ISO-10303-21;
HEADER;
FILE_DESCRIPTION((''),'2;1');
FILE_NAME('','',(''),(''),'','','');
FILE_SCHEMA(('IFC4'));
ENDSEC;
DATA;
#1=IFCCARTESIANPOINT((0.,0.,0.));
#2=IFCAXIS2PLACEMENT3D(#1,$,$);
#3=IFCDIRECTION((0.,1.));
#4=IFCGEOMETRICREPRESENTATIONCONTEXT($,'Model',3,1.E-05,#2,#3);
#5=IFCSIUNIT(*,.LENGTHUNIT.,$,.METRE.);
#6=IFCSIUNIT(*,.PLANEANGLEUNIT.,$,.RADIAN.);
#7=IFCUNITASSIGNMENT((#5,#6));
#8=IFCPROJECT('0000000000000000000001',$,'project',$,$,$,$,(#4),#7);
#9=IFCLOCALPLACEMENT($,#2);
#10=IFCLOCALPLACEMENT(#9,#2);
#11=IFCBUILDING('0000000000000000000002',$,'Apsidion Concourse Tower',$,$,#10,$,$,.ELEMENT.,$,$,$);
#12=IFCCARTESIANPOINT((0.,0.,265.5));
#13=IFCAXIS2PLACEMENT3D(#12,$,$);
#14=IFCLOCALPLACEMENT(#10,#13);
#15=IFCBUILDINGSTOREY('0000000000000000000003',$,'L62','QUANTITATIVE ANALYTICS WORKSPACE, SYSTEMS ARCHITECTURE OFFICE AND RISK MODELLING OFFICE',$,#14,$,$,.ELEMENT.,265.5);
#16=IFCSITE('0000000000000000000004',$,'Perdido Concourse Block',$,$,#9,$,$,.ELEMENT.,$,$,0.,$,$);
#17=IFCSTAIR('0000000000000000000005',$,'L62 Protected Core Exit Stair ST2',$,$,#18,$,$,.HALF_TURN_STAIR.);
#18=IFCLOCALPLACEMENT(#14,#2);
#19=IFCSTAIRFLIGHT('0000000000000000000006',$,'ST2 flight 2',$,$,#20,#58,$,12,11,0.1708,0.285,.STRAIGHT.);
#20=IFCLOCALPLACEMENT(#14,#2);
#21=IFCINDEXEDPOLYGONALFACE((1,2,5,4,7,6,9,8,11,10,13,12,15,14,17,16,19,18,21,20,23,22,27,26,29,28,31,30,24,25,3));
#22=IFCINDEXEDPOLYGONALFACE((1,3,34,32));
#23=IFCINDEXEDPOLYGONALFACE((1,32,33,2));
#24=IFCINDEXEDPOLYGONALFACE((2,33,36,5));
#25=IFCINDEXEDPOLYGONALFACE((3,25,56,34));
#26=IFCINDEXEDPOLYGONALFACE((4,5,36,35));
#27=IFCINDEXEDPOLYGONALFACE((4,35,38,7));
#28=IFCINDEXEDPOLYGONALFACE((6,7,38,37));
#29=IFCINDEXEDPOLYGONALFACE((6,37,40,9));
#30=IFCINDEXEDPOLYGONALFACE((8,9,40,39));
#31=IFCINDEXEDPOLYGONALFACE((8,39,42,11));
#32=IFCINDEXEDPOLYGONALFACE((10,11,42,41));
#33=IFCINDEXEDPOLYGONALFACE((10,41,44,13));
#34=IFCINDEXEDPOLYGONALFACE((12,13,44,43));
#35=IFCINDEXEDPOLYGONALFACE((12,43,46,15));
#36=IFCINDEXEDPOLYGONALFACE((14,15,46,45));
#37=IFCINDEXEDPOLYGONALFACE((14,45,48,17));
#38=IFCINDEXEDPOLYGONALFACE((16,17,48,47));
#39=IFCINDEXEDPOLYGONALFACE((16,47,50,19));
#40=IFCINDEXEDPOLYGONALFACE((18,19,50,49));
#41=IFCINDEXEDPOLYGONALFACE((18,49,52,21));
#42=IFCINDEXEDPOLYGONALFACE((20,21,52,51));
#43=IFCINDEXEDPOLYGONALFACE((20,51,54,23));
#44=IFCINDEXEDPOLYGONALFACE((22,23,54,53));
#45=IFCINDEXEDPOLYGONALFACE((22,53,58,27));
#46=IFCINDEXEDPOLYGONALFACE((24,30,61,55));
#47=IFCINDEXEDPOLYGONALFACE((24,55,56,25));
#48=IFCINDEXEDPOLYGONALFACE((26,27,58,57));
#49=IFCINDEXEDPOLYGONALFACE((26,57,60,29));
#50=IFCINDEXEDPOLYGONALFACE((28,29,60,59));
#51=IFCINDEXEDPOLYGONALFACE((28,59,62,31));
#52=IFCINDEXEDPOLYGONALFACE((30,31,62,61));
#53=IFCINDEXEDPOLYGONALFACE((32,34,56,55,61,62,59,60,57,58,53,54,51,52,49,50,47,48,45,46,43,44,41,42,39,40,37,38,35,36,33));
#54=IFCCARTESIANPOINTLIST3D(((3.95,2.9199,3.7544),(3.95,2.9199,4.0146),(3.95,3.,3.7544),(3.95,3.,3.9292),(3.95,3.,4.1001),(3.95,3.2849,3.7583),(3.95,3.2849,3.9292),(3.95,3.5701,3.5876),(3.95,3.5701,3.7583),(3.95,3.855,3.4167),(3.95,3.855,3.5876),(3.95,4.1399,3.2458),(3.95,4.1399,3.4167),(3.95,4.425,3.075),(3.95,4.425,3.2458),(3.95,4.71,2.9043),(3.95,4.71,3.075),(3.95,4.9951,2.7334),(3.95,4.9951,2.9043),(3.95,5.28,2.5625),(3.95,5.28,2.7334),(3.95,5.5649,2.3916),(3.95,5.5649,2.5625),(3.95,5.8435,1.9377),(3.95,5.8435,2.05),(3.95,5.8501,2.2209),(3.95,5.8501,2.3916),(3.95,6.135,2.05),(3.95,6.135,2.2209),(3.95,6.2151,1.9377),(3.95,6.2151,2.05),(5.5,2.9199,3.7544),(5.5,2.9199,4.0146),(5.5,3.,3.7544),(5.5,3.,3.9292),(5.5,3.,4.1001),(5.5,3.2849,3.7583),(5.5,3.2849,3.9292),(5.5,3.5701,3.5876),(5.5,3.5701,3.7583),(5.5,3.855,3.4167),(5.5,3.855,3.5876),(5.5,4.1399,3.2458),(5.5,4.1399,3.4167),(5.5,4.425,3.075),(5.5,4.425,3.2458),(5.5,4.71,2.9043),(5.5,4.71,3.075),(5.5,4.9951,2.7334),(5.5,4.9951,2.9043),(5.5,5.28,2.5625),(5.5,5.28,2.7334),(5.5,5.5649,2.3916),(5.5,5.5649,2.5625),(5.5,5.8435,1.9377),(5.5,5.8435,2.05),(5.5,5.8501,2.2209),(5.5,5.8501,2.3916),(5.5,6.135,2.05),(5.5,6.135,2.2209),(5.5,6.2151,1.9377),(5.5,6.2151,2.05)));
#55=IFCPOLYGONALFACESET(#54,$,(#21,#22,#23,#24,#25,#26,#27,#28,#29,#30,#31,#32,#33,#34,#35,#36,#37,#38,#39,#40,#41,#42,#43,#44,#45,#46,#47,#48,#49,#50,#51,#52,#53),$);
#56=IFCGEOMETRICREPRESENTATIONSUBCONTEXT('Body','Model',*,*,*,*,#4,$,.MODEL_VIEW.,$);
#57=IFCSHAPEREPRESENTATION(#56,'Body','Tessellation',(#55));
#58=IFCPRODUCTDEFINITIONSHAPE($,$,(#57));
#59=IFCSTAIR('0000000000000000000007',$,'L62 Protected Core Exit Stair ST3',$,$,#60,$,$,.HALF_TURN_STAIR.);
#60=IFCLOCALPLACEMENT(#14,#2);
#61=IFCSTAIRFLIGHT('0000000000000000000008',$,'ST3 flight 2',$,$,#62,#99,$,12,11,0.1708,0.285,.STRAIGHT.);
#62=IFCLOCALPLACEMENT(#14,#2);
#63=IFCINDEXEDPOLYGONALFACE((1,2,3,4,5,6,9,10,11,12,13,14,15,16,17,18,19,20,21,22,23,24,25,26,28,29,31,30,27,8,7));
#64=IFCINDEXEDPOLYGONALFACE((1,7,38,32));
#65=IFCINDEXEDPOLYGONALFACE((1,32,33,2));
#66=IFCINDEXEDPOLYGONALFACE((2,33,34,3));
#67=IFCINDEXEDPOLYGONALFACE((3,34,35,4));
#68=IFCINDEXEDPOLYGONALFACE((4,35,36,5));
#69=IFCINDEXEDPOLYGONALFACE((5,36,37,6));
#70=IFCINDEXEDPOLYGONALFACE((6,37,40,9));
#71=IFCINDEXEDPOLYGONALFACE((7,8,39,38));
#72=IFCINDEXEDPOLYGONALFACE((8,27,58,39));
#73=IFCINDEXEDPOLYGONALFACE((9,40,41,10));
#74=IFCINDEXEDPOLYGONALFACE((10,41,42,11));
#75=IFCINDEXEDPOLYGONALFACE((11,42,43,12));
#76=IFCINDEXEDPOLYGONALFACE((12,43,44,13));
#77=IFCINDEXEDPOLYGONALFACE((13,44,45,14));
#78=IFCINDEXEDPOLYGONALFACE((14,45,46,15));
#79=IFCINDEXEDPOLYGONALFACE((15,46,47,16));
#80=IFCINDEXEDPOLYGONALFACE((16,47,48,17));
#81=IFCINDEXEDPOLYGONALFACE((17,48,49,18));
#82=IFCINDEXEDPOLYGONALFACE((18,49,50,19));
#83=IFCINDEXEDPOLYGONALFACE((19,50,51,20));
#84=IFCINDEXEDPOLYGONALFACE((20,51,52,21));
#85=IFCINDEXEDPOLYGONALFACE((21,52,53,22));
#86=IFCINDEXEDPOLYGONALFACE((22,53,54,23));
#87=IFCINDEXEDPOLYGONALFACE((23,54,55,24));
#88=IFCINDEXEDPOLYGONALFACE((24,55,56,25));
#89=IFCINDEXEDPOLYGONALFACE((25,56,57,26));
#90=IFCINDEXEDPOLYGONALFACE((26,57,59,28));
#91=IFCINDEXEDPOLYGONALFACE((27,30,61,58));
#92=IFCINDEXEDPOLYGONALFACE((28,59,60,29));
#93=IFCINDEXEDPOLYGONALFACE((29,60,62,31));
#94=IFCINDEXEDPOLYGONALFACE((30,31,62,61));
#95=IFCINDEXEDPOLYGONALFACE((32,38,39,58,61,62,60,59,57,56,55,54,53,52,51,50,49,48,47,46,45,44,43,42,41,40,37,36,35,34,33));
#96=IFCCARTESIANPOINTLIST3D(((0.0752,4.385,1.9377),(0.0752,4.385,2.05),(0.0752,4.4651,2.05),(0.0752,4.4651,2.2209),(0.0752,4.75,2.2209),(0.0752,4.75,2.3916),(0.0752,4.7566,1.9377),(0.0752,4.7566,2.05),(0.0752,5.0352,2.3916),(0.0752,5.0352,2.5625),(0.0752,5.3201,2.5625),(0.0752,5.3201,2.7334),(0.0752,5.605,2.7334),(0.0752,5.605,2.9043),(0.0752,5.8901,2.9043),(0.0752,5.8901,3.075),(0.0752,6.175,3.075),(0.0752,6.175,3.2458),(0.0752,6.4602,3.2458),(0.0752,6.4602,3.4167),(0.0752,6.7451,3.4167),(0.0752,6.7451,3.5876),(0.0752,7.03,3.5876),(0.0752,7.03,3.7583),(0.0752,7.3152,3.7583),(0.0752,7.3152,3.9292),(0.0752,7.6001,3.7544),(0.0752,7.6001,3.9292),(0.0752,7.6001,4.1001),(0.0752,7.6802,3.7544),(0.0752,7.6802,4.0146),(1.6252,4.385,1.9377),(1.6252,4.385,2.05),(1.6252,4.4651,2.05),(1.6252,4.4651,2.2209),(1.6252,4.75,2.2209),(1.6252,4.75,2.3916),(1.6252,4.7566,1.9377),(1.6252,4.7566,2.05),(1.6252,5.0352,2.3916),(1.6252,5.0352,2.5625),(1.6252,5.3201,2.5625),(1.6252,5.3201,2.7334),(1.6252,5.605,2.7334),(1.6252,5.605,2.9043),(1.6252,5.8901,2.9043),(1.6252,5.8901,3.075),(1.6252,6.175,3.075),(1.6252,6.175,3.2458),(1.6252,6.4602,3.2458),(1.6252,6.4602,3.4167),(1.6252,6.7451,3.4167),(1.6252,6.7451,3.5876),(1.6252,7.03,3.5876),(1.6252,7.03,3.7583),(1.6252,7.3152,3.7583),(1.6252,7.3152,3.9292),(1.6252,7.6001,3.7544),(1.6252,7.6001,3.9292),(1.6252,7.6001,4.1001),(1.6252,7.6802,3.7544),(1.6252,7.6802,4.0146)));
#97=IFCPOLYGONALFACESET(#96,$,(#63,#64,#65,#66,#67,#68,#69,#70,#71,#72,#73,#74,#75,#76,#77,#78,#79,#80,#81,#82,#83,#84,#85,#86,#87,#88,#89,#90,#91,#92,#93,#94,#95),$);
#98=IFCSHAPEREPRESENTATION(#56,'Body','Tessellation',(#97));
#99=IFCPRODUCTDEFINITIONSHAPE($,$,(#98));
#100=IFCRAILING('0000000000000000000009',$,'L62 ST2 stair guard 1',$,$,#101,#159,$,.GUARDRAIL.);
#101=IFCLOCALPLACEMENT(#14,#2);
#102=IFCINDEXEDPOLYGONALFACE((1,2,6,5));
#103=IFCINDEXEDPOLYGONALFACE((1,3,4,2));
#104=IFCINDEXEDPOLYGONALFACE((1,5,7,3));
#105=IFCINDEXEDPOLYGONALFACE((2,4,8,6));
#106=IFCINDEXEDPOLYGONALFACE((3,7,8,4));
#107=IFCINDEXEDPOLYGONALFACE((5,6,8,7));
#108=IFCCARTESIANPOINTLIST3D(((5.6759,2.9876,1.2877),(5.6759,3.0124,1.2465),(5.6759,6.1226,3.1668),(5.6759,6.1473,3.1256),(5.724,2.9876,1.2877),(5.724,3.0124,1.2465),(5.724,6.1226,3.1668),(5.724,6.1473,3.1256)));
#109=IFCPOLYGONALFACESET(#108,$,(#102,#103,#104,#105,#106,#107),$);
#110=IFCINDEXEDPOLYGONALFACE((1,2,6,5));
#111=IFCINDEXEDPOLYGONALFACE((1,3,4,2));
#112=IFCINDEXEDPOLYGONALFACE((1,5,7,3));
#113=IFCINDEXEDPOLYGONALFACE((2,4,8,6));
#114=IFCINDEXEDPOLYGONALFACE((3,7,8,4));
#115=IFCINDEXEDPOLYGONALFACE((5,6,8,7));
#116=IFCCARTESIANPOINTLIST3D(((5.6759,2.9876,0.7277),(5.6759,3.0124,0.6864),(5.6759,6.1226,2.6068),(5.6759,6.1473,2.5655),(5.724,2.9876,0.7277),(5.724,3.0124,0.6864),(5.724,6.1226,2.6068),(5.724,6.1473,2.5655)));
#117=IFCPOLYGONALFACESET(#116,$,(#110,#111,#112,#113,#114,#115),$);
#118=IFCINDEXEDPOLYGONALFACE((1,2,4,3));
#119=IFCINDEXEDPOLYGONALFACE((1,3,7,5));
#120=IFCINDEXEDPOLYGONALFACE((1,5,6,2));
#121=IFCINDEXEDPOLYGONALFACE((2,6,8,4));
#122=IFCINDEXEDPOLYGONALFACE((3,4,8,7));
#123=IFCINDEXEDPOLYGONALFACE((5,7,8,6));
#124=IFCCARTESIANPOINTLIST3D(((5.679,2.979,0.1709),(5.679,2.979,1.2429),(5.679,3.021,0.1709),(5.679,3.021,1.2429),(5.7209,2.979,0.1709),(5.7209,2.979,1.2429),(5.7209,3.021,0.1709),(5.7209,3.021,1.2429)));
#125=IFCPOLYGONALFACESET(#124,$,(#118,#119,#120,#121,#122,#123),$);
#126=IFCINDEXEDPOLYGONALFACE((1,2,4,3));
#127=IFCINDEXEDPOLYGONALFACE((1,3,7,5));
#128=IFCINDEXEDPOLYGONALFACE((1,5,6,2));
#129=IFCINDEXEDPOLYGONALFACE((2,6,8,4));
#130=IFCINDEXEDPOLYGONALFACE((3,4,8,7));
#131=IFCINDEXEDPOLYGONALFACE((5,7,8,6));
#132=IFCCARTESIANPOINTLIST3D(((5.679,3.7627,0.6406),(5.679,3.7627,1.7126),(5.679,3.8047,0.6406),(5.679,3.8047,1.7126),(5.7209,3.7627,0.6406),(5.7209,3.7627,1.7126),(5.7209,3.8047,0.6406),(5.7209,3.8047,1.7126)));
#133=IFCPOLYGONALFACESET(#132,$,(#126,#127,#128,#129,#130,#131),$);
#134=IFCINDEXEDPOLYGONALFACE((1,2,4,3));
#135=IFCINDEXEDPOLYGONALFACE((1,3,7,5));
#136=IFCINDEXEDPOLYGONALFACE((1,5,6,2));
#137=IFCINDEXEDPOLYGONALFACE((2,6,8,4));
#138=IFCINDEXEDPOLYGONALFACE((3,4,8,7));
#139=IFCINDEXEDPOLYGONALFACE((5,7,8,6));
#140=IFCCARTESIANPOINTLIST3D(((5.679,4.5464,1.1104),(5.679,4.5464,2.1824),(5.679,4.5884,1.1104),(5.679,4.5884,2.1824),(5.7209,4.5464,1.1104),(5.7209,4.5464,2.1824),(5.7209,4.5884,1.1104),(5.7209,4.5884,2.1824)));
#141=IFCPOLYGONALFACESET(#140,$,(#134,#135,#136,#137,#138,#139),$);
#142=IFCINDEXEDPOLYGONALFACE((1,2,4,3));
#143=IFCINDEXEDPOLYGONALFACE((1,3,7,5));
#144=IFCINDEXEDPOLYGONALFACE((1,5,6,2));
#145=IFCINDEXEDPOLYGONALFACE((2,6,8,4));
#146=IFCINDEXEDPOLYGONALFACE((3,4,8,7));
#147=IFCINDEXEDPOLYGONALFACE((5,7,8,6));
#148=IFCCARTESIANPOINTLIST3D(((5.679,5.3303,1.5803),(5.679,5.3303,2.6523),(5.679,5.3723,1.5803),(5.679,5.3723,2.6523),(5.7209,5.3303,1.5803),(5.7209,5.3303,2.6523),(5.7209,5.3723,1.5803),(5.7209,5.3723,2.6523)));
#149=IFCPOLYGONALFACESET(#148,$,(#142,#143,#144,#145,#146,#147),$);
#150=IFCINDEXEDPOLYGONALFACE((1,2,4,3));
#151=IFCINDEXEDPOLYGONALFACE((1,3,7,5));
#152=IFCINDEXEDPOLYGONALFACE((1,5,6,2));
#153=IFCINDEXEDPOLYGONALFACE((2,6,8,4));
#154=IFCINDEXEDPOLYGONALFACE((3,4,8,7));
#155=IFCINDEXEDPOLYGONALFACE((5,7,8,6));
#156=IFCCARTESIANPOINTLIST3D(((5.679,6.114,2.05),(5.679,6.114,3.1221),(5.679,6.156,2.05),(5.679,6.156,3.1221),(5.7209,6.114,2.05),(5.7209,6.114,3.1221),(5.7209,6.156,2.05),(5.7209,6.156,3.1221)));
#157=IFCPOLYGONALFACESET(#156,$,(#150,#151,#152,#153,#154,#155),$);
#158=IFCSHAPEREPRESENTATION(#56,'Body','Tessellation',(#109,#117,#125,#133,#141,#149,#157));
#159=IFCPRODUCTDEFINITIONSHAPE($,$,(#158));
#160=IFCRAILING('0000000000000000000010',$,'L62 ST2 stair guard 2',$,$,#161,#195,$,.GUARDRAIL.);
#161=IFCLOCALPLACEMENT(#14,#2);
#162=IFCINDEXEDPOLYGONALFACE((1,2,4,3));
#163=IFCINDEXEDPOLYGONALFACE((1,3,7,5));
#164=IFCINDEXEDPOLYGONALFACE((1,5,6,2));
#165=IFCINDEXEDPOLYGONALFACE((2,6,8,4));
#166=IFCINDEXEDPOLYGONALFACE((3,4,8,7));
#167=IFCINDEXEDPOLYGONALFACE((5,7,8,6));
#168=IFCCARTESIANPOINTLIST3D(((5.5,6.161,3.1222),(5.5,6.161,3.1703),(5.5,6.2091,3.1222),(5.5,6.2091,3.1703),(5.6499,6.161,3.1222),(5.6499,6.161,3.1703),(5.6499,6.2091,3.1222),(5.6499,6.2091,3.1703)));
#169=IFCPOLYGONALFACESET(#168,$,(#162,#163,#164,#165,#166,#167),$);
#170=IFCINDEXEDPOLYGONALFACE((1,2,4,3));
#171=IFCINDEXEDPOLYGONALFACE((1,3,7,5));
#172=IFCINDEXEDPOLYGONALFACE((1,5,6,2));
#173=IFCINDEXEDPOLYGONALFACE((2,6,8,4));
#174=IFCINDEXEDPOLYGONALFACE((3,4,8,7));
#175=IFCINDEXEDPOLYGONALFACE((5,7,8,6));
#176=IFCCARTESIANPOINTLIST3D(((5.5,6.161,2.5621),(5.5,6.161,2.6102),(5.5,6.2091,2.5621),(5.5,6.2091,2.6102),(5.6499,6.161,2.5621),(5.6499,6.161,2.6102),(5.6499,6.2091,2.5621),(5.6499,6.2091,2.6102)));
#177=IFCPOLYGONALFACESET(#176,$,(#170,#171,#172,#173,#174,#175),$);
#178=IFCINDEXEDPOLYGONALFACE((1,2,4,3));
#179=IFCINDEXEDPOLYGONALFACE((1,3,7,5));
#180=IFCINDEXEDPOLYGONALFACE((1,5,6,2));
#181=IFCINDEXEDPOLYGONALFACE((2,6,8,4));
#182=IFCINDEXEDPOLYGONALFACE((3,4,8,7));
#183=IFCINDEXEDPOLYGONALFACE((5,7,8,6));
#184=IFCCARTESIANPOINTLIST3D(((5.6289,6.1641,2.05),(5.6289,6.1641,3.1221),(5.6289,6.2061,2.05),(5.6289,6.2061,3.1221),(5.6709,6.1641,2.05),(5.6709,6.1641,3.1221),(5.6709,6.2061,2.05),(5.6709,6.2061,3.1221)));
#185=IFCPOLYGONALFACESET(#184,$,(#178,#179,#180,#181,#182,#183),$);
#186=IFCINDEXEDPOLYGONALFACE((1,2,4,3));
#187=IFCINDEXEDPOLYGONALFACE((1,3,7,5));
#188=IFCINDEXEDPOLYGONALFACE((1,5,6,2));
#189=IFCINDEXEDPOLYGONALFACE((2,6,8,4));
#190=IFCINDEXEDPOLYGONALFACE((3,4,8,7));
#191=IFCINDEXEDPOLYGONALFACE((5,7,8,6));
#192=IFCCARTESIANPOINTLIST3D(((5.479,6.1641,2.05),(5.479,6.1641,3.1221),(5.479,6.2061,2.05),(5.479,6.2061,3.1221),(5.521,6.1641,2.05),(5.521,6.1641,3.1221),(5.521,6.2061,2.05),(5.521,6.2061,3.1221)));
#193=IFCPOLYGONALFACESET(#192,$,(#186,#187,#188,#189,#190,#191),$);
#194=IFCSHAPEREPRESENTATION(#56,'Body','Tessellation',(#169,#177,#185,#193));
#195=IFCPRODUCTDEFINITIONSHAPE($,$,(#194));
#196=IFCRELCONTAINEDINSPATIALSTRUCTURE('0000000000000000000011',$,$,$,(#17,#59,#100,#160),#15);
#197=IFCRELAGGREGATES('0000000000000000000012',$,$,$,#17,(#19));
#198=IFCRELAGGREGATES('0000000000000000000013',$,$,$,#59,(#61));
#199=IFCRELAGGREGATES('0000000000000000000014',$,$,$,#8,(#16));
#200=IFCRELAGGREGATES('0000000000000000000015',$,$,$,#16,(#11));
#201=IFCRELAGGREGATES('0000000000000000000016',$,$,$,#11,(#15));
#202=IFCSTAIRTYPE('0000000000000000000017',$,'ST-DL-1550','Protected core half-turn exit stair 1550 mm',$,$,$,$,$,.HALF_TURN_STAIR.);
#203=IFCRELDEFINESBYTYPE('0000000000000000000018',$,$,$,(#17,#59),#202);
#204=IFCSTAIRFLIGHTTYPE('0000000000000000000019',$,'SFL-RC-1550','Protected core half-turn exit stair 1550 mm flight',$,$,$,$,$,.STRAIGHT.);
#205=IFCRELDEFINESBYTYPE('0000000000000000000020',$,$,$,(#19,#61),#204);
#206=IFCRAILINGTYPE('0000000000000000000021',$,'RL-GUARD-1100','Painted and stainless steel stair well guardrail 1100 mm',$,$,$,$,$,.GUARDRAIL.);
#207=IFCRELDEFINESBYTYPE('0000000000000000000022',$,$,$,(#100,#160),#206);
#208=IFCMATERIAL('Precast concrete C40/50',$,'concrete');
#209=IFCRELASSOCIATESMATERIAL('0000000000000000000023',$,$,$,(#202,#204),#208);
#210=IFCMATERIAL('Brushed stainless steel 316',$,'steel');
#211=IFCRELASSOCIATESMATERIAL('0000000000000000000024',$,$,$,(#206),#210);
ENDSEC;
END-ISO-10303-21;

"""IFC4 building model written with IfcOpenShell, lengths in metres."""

from ifc_helpers import new_model, si_unit, direction, frame, origin, origin_2d, place, context, subcontext, project, spatial, polyline, rectangle, outline, extrude, material, type_object, element, aggregate, save


model = new_model("IFC4")

# Units and contexts
model_context = context("Model", 3, precision=1e-05, world=origin(), true_north=direction((0.0, 1.0)))
body_context = subcontext(model_context, "Body", "Model", "MODEL_VIEW")
ifc_project = project(units=[si_unit("LENGTHUNIT", "METRE"), si_unit("PLANEANGLEUNIT", "RADIAN")], contexts=[model_context])

# Site, building, storey
site_placement = place(None, origin())
site = spatial("IfcSite", under=ifc_project, at=site_placement, Name="Perdido Concourse Block", CompositionType="ELEMENT", RefElevation=0.0)
building_placement = place(site_placement, origin())
building = spatial("IfcBuilding", under=site, at=building_placement, Name="Apsidion Concourse Tower", CompositionType="ELEMENT")
storey_placement = place(building_placement, frame((0.0, 0.0, 265.5)))
storey = spatial("IfcBuildingStorey", under=building, at=storey_placement, Name="L62", Description="QUANTITATIVE ANALYTICS WORKSPACE, SYSTEMS ARCHITECTURE OFFICE AND RISK MODELLING OFFICE", CompositionType="ELEMENT", Elevation=265.5)

# Stair, stair flight
ifc_material_1 = material(Name="Precast concrete C40/50", Category="concrete")
stair_type = type_object("IfcStairType", Name="ST-DL-1550", Description="Protected core half-turn exit stair 1550 mm", PredefinedType="HALF_TURN_STAIR", material=ifc_material_1)
stair_1_placement = place(storey_placement, origin())
stair_1 = element("IfcStair", 1, at=stair_1_placement, inside=storey, type_object=stair_type, Name="L62 Protected Core Exit Stair ST2", PredefinedType="HALF_TURN_STAIR")
stair_flight_type = type_object("IfcStairFlightType", Name="SFL-RC-1550", Description="Protected core half-turn exit stair 1550 mm flight", PredefinedType="STRAIGHT", material=ifc_material_1)
stair_flight_1_placement = place(storey_placement, frame((4.7251, 6.135, 2.05), z_axis=(0.0, 0.0, 1.0), x_axis=(0.0, -1.0, 0.0)))
stair_flight_1 = element("IfcStairFlight", 2, at=stair_flight_1_placement, type_object=stair_flight_type, Name="ST2 flight 2", NumberOfRisers=12, NumberOfTreads=11, PredefinedType="STRAIGHT", RiserHeight=0.1708, TreadLength=0.285, context=body_context, shape_type="SweptSolid", body=[
    extrude(outline(polyline([(-0.0801, -0.1123), (-0.0801, 0.0), (0.0, 0.0), (0.0, 0.1709), (0.2849, 0.1709), (0.2849, 0.3416), (0.5701, 0.3416), (0.5701, 0.5125), (0.855, 0.5125), (0.855, 0.6833), (1.1399, 0.6833), (1.1399, 0.8542), (1.425, 0.8542), (1.425, 1.0249), (1.71, 1.0249), (1.71, 1.1958), (1.9951, 1.1958), (1.9951, 1.3667), (2.28, 1.3667), (2.28, 1.5376), (2.5649, 1.5376), (2.5649, 1.7083), (2.8501, 1.7083), (2.8501, 1.8792), (3.135, 1.8792), (3.135, 2.05), (3.2151, 1.9646), (3.2151, 1.7043), (3.135, 1.7043), (0.2915, 0.0), (0.2915, -0.1123), (-0.0801, -0.1123)])), frame((0.0, 0.7749, 0.0), z_axis=(0.0, -1.0, 0.0), x_axis=(1.0, 0.0, 0.0)), (0.0, 0.0, 1.0), 1.55),
])
aggregate(stair_1, [stair_flight_1])

# Stair, stair flight
stair_2_placement = place(storey_placement, origin())
stair_2 = element("IfcStair", 3, at=stair_2_placement, inside=storey, type_object=stair_type, Name="L62 Protected Core Exit Stair ST3", PredefinedType="HALF_TURN_STAIR")
stair_flight_2_placement = place(storey_placement, frame((0.8501, 4.4651, 2.05), z_axis=(0.0, 0.0, 1.0), x_axis=(0.0, 1.0, 0.0)))
stair_flight_2 = element("IfcStairFlight", 4, at=stair_flight_2_placement, type_object=stair_flight_type, Name="ST3 flight 2", NumberOfRisers=12, NumberOfTreads=11, PredefinedType="STRAIGHT", RiserHeight=0.1708, TreadLength=0.285, context=body_context, shape_type="SweptSolid", body=[
    extrude(outline(polyline([(-0.0801, -0.1123), (-0.0801, 0.0), (0.0, 0.0), (0.0, 0.1709), (0.2849, 0.1709), (0.2849, 0.3416), (0.5701, 0.3416), (0.5701, 0.5125), (0.855, 0.5125), (0.855, 0.6833), (1.1399, 0.6833), (1.1399, 0.8542), (1.425, 0.8542), (1.425, 1.0249), (1.71, 1.0249), (1.71, 1.1958), (1.9951, 1.1958), (1.9951, 1.3667), (2.28, 1.3667), (2.28, 1.5376), (2.5649, 1.5376), (2.5649, 1.7083), (2.8501, 1.7083), (2.8501, 1.8792), (3.135, 1.8792), (3.135, 2.05), (3.2151, 1.9646), (3.2151, 1.7043), (3.135, 1.7043), (0.2915, 0.0), (0.2915, -0.1123), (-0.0801, -0.1123)])), frame((0.0, 0.7749, 0.0), z_axis=(0.0, -1.0, 0.0), x_axis=(1.0, 0.0, 0.0)), (0.0, 0.0, 1.0), 1.55),
])
aggregate(stair_2, [stair_flight_2])

# Railings
ifc_material_2 = material(Name="Brushed stainless steel 316", Category="steel")
railing_type_1 = type_object("IfcRailingType", Name="RL-GUARD-1100", Description="Painted and stainless steel stair well guardrail 1100 mm", PredefinedType="GUARDRAIL", material=ifc_material_2)
railing_1_placement = place(storey_placement, frame((5.7, 3.0, 0.1709)))
element("IfcRailing", 5, at=railing_1_placement, inside=storey, type_object=railing_type_1, Name="L62 ST2 stair guard 1", PredefinedType="GUARDRAIL", context=body_context, shape_type="SweptSolid", body=[
    extrude(rectangle(XDim=0.0481, YDim=0.0481, at=origin_2d()), frame((0.0, 0.0, 1.0962), z_axis=(0.0, 0.857717, 0.514122), x_axis=(-1.0, 0.0, 0.0)), (0.0, 0.0, 1.0), 3.655),
    extrude(rectangle(XDim=0.0481, YDim=0.0481, at=origin_2d()), frame((0.0, 0.0, 0.5361), z_axis=(0.0, 0.857717, 0.514122), x_axis=(-1.0, 0.0, 0.0)), (0.0, 0.0, 1.0), 3.655),
    extrude(rectangle(XDim=0.042, YDim=0.042, at=origin_2d()), origin(), (0.0, 0.0, 1.0), 1.072),
    extrude(rectangle(XDim=0.042, YDim=0.042, at=origin_2d()), frame((0.0, 0.7837, 0.4697)), (0.0, 0.0, 1.0), 1.072),
    extrude(rectangle(XDim=0.042, YDim=0.042, at=origin_2d()), frame((0.0, 1.5674, 0.9395)), (0.0, 0.0, 1.0), 1.072),
    extrude(rectangle(XDim=0.042, YDim=0.042, at=origin_2d()), frame((0.0, 2.3513, 1.4094)), (0.0, 0.0, 1.0), 1.072),
    extrude(rectangle(XDim=0.042, YDim=0.042, at=origin_2d()), frame((0.0, 3.135, 1.8792)), (0.0, 0.0, 1.0), 1.072),
])
railing_2_placement = place(storey_placement, frame((5.6499, 6.1851, 2.05)))
element("IfcRailing", 6, at=railing_2_placement, inside=storey, type_object=railing_type_1, Name="L62 ST2 stair guard 2", PredefinedType="GUARDRAIL", context=body_context, shape_type="SweptSolid", body=[
    extrude(rectangle(XDim=0.0481, YDim=0.0481, at=origin_2d()), frame((0.0, 0.0, 1.0962), z_axis=(-1.0, 0.0, 0.0), x_axis=(0.0, -1.0, 0.0)), (0.0, 0.0, 1.0), 0.1499),
    extrude(rectangle(XDim=0.0481, YDim=0.0481, at=origin_2d()), frame((0.0, 0.0, 0.5361), z_axis=(-1.0, 0.0, 0.0), x_axis=(0.0, -1.0, 0.0)), (0.0, 0.0, 1.0), 0.1499),
    extrude(rectangle(XDim=0.042, YDim=0.042, at=origin_2d()), origin(), (0.0, 0.0, 1.0), 1.072),
    extrude(rectangle(XDim=0.042, YDim=0.042, at=origin_2d()), frame((-0.1499, 0.0, 0.0)), (0.0, 0.0, 1.0), 1.072),
])

save(model, "model.ifc")
